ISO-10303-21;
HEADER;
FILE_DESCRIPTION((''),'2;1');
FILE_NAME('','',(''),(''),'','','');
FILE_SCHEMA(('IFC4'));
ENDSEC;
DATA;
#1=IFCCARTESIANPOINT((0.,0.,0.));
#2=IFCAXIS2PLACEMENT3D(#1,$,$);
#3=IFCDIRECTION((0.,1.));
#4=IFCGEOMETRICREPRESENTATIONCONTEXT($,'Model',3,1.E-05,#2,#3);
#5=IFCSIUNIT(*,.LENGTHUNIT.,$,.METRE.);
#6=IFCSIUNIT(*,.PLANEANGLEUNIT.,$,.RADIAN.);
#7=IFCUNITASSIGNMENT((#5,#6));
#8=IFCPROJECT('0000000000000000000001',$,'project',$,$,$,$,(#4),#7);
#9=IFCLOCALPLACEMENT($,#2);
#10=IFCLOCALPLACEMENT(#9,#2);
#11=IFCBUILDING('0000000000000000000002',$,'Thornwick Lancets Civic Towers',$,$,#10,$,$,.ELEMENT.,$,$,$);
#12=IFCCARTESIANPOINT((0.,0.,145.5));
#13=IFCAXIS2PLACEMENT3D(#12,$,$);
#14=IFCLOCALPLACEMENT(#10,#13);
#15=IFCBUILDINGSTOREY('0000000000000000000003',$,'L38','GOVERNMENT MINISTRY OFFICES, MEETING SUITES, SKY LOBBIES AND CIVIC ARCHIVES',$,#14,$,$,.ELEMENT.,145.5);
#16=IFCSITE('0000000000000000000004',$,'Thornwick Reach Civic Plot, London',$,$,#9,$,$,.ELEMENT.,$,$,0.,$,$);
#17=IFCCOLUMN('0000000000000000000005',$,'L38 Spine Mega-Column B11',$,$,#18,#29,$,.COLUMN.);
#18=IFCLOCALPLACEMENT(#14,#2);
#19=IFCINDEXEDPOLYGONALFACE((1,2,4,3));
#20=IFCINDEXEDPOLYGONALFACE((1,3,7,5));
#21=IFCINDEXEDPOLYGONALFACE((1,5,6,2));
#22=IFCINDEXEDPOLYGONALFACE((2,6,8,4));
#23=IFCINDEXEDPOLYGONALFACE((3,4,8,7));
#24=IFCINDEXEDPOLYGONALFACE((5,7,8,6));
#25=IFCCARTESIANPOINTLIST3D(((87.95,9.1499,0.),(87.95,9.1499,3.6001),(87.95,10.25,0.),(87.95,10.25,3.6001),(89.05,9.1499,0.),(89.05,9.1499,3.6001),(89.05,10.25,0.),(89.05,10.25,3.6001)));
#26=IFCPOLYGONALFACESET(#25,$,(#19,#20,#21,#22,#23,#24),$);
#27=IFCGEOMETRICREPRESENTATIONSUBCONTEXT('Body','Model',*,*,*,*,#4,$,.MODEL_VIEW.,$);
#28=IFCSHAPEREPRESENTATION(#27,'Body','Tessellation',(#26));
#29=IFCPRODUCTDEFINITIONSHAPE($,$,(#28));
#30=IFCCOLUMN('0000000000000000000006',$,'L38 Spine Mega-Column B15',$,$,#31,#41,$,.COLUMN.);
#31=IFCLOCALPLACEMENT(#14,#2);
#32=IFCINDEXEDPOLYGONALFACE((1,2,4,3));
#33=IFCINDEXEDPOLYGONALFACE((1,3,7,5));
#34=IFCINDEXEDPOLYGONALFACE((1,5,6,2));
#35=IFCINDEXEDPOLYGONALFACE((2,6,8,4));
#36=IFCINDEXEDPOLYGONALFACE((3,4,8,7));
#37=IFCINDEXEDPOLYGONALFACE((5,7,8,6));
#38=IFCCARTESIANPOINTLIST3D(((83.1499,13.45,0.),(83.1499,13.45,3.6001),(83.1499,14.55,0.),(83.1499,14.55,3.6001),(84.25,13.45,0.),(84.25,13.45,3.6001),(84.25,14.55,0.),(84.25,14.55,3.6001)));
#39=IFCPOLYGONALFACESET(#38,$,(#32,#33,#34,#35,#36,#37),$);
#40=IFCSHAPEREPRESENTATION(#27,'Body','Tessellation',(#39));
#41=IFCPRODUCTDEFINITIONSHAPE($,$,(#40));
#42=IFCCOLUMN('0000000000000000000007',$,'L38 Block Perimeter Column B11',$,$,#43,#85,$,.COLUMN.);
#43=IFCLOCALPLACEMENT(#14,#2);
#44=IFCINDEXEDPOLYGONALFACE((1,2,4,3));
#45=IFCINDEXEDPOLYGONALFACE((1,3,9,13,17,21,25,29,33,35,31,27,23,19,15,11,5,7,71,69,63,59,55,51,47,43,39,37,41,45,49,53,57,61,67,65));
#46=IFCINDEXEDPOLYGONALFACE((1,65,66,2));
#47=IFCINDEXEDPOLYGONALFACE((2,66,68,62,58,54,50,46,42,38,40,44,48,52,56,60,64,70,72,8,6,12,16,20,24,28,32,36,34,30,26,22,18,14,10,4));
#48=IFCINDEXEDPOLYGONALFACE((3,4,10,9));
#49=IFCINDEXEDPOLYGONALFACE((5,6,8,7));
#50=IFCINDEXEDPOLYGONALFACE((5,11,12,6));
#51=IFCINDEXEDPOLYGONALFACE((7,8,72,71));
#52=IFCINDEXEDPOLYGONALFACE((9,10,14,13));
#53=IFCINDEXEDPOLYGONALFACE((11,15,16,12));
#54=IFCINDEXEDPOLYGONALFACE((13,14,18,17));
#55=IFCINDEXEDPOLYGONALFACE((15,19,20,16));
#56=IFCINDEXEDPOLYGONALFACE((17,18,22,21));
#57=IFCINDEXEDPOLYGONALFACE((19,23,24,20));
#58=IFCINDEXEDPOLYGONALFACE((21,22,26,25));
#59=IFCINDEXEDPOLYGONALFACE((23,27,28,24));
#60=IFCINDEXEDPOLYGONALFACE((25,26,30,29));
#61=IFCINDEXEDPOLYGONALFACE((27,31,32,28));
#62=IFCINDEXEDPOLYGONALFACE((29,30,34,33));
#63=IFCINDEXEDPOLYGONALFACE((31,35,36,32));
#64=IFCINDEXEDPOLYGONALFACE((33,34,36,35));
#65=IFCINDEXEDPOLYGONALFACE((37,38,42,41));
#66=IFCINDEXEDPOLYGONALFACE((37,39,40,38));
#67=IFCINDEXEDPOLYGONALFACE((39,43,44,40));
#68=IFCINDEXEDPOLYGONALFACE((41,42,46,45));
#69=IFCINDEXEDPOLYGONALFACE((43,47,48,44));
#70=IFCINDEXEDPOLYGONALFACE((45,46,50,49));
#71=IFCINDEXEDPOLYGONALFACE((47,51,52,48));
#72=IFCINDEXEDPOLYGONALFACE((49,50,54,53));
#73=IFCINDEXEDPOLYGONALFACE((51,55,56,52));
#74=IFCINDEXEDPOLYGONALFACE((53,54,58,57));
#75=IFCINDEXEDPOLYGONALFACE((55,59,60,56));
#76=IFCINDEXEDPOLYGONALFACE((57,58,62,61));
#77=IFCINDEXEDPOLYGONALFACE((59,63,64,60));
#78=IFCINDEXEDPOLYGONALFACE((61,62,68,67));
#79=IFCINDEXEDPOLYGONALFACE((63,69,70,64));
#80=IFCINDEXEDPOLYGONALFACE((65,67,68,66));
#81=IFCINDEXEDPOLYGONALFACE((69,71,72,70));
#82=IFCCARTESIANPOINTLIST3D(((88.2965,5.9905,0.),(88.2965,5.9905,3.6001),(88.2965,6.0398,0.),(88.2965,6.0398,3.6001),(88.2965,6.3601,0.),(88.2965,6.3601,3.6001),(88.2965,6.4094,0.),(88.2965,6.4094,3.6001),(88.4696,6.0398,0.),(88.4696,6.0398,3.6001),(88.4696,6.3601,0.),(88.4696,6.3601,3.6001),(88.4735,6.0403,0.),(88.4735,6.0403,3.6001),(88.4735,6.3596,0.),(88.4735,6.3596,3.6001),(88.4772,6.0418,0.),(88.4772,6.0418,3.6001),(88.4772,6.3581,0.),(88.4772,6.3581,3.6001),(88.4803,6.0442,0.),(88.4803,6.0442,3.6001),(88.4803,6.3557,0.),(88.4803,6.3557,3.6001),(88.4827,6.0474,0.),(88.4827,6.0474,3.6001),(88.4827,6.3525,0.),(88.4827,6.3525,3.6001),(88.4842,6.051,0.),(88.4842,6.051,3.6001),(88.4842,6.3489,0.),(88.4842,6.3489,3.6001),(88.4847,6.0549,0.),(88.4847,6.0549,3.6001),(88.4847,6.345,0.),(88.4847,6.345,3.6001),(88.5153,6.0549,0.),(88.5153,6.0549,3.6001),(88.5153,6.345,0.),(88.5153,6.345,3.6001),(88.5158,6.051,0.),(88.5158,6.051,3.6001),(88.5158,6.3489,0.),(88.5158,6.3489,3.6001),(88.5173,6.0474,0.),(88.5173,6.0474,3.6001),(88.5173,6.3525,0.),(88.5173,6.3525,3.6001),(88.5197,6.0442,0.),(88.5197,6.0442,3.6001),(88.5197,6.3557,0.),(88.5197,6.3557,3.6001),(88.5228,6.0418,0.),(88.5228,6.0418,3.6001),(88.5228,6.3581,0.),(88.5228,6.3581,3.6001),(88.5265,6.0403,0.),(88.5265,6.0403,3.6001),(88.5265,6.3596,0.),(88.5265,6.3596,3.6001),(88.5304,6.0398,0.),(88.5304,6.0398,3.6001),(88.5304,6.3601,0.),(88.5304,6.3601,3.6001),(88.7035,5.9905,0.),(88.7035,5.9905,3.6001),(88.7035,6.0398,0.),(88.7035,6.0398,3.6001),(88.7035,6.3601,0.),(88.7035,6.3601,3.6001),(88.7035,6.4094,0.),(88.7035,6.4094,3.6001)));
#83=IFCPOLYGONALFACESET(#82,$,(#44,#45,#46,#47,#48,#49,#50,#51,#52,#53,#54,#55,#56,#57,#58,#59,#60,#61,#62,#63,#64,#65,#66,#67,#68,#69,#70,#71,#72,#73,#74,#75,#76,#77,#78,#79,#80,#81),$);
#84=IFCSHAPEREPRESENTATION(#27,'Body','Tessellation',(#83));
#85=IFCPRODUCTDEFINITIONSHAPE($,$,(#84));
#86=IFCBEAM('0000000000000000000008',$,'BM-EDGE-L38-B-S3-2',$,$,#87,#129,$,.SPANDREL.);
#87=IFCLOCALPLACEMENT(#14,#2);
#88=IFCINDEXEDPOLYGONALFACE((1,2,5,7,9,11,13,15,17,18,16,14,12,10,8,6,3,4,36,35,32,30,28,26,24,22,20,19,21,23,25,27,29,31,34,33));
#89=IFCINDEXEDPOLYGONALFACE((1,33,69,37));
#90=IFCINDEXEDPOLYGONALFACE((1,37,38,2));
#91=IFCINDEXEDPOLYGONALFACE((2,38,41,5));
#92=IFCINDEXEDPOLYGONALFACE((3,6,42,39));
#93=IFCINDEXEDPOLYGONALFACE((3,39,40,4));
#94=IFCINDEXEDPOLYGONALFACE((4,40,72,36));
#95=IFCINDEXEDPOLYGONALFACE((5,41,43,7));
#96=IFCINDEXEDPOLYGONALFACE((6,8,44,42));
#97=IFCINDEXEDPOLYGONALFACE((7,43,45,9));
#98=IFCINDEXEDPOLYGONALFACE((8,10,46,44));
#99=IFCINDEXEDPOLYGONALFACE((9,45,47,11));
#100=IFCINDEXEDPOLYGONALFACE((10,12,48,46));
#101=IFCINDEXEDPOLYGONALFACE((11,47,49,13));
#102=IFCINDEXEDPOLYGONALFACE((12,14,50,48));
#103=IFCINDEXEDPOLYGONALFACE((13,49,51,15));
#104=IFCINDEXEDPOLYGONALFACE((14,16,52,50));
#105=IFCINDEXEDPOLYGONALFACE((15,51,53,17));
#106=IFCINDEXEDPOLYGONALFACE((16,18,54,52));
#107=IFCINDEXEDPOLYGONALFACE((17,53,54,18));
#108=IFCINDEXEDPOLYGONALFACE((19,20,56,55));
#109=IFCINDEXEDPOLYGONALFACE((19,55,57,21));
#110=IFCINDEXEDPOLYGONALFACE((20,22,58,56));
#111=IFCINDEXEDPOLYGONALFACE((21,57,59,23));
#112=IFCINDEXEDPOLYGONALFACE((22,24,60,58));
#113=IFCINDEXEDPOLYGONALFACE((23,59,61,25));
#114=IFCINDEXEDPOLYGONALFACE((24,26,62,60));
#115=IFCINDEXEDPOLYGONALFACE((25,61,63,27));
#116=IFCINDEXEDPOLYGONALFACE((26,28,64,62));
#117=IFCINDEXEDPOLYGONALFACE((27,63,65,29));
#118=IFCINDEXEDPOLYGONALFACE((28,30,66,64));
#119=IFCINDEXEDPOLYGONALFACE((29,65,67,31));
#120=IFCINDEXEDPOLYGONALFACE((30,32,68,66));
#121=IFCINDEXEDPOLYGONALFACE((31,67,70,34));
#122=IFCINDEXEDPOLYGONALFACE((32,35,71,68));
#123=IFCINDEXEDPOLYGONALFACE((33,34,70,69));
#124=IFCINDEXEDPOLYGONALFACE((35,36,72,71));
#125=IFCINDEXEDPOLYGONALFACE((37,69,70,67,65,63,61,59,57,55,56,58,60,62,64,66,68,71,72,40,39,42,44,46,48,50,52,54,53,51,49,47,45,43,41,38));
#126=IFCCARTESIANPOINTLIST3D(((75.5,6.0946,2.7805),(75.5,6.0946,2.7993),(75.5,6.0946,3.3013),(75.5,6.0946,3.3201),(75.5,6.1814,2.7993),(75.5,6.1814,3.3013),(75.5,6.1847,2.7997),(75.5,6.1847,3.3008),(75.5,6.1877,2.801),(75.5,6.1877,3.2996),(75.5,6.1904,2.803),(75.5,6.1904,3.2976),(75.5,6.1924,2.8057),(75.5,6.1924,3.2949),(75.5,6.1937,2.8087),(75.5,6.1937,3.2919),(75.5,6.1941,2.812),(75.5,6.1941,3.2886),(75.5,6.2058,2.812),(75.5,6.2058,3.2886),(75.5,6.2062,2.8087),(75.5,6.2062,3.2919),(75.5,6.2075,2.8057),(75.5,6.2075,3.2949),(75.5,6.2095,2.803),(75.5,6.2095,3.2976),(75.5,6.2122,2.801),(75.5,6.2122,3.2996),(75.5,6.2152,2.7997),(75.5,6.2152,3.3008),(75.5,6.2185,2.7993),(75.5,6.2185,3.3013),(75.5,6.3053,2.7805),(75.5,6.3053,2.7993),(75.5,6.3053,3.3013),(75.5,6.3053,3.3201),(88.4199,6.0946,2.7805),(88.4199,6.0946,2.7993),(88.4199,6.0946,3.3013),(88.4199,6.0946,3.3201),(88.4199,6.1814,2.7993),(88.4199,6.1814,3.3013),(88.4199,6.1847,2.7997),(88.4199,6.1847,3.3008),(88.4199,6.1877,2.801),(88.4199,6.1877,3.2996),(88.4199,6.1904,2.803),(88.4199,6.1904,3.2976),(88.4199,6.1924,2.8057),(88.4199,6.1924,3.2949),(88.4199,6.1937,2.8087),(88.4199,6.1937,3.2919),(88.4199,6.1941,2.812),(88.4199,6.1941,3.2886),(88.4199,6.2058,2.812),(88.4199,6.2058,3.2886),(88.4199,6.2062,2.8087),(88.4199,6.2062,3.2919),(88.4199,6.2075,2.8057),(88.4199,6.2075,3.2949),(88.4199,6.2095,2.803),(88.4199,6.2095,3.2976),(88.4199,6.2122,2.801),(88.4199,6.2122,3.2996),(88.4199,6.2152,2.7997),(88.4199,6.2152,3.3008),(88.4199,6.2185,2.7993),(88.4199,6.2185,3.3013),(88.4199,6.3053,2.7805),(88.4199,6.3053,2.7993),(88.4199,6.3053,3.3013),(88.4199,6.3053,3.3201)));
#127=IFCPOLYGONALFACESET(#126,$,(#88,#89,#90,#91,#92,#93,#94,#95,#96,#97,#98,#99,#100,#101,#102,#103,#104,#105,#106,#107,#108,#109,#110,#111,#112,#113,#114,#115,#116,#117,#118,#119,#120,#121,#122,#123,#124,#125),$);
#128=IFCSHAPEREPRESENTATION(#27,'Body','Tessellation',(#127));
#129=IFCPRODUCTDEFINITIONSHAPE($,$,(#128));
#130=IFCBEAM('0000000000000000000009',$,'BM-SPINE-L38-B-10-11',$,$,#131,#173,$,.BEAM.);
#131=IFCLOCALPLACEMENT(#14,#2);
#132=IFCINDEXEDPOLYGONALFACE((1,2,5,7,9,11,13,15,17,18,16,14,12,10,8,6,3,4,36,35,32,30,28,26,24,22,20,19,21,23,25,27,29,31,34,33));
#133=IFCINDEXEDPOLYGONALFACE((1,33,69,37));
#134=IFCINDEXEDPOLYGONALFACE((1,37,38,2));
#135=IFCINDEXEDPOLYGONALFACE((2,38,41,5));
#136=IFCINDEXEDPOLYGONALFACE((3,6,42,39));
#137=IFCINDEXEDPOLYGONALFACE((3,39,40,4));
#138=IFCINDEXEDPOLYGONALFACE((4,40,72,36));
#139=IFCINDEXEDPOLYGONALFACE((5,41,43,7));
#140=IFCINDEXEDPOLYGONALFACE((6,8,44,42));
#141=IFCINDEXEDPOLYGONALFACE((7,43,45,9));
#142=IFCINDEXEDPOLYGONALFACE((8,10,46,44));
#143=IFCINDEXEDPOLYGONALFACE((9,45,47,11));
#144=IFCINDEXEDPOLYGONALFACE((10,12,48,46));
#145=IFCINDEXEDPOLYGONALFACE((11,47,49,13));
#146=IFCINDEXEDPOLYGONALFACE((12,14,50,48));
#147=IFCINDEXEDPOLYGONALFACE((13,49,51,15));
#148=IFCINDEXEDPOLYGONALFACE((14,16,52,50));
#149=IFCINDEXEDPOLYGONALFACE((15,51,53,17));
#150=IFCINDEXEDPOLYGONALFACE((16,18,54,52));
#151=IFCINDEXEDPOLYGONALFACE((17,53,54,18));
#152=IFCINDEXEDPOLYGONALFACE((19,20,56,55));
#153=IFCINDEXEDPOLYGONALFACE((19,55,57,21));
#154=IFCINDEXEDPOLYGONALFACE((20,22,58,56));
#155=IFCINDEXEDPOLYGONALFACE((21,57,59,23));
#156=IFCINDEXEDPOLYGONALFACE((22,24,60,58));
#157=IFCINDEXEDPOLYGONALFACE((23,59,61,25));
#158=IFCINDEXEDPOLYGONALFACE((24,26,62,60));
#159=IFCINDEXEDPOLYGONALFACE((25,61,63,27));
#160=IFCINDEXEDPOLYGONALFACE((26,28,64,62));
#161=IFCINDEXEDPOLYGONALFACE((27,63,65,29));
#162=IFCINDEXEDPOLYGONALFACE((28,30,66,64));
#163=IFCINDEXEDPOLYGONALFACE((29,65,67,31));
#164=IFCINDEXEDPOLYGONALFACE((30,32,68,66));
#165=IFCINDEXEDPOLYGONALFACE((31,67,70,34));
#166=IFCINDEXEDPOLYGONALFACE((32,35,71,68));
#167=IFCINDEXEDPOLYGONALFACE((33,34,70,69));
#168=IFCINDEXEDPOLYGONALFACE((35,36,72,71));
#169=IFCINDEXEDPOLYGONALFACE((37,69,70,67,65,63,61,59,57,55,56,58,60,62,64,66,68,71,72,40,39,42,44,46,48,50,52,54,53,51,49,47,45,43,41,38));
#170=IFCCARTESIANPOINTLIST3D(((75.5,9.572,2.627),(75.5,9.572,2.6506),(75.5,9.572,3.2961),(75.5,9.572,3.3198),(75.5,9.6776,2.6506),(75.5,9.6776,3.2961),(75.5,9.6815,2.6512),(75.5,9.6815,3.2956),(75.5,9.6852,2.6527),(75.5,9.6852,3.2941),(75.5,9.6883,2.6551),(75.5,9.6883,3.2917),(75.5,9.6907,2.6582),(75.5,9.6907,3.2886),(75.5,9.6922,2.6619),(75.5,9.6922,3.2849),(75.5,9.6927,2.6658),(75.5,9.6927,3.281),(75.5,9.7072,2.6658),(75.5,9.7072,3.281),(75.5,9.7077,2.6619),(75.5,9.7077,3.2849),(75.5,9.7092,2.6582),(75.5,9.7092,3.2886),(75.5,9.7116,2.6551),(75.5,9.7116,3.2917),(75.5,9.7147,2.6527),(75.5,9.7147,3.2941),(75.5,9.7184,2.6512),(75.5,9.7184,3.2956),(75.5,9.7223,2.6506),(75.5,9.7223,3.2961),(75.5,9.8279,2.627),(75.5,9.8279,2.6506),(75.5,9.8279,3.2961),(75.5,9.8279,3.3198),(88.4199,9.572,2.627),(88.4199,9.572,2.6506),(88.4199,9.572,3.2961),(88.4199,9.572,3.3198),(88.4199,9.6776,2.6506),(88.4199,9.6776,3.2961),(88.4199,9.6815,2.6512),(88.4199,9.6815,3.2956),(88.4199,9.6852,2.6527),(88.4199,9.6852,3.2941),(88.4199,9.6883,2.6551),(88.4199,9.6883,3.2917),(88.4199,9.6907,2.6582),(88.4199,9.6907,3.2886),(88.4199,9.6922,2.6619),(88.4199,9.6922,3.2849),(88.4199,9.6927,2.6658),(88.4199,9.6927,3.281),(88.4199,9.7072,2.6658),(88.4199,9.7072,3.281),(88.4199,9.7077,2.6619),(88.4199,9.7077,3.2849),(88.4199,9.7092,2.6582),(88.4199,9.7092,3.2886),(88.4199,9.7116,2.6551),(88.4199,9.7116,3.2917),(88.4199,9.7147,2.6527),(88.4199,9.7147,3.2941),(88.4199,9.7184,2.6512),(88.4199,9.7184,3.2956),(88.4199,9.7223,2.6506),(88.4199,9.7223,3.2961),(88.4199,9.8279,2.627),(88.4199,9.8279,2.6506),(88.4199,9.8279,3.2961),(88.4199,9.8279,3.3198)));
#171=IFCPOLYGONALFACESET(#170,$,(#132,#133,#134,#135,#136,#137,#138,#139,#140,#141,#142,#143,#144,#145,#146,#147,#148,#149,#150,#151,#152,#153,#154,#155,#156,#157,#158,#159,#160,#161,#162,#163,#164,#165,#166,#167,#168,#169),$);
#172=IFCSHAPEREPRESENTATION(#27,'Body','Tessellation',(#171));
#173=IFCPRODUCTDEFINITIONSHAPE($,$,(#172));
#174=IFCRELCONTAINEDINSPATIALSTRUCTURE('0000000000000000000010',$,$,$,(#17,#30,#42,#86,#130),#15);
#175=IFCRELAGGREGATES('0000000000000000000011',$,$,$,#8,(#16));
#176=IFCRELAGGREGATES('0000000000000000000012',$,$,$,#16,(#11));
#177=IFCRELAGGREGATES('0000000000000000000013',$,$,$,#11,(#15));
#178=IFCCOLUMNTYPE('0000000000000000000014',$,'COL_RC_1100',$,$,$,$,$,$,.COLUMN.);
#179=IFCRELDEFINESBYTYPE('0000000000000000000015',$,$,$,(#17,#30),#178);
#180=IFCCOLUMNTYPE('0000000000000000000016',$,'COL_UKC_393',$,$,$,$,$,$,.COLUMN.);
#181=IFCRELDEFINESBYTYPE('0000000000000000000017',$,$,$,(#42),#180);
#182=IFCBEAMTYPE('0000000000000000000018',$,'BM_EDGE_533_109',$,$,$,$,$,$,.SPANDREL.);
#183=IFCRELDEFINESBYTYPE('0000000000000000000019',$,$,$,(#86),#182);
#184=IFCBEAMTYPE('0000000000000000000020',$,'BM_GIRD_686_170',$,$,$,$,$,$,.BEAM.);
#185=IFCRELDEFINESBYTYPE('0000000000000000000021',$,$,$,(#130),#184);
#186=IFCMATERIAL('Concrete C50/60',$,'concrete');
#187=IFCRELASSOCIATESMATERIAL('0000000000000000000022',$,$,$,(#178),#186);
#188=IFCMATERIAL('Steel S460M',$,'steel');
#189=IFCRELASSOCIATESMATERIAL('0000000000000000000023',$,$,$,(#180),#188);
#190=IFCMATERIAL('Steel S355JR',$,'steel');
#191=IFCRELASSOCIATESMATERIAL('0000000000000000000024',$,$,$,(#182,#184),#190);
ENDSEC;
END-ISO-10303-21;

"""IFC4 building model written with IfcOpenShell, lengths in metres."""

from ifc_helpers import new_model, si_unit, direction, frame, origin, origin_2d, place, context, subcontext, project, spatial, rectangle, i_section, extrude, material, material_profile, profile_set, type_object, element, save


model = new_model("IFC4")

# Units and contexts
model_context = context("Model", 3, precision=1e-05, world=origin(), true_north=direction((0.0, 1.0)))
body_context = subcontext(model_context, "Body", "Model", "MODEL_VIEW")
ifc_project = project(units=[si_unit("LENGTHUNIT", "METRE"), si_unit("PLANEANGLEUNIT", "RADIAN")], contexts=[model_context])

# Site, building, storey
site_placement = place(None, origin())
site = spatial("IfcSite", under=ifc_project, at=site_placement, Name="Thornwick Reach Civic Plot, London", CompositionType="ELEMENT", RefElevation=0.0)
building_placement = place(site_placement, origin())
building = spatial("IfcBuilding", under=site, at=building_placement, Name="Thornwick Lancets Civic Towers", CompositionType="ELEMENT")
storey_placement = place(building_placement, frame((0.0, 0.0, 145.5)))
storey = spatial("IfcBuildingStorey", under=building, at=storey_placement, Name="L38", Description="GOVERNMENT MINISTRY OFFICES, MEETING SUITES, SKY LOBBIES AND CIVIC ARCHIVES", CompositionType="ELEMENT", Elevation=145.5)

# Columns
ifc_material_1 = material(Name="Concrete C50/60", Category="concrete")
ifc_material_profile_1 = material_profile(ifc_material_1, rectangle(XDim=1.1001, YDim=1.1001, at=origin_2d()), Name="RC 1100x1100")
ifc_profile_set_1 = profile_set([ifc_material_profile_1], Name="Concrete C50/60")
column_type_1 = type_object("IfcColumnType", Name="COL_RC_1100", PredefinedType="COLUMN", material=ifc_profile_set_1)
for number, where, z_axis, x_axis, name in (
    (1, (88.5, 9.7, 0.0), (0.0, 0.0, 1.0), (1.0, 0.0, 0.0), "L38 Spine Mega-Column B11"),
    (2, (83.7, 14.0, 0.0), (0.0, 0.0, 1.0), (1.0, 0.0, 0.0), "L38 Spine Mega-Column B15"),
):
    element("IfcColumn", number, at=place(storey_placement, frame(where, z_axis=z_axis, x_axis=x_axis)), inside=storey, type_object=column_type_1, Name=name, PredefinedType="COLUMN", context=body_context, shape_type="SweptSolid", body=[
        extrude(rectangle(XDim=1.1001, YDim=1.1001, at=origin_2d()), origin(), (0.0, 0.0, 1.0), 3.6001),
    ])
ifc_material_2 = material(Name="Steel S460M", Category="steel")
ifc_material_profile_2 = material_profile(ifc_material_2, i_section(OverallWidth=0.407, OverallDepth=0.4189, WebThickness=0.0305, FlangeThickness=0.0493, FilletRadius=0.0151, at=origin_2d()), Name="UKC 356x406x393")
ifc_profile_set_2 = profile_set([ifc_material_profile_2], Name="Steel S460M")
column_type_2 = type_object("IfcColumnType", Name="COL_UKC_393", PredefinedType="COLUMN", material=ifc_profile_set_2)
column_placement = place(storey_placement, frame((88.5, 6.2, 0.0), z_axis=(0.0, 0.0, 1.0), x_axis=(1.0, 0.0, 0.0)))
element("IfcColumn", 3, at=column_placement, inside=storey, type_object=column_type_2, Name="L38 Block Perimeter Column B11", PredefinedType="COLUMN", context=body_context, shape_type="SweptSolid", body=[
    extrude(i_section(OverallWidth=0.407, OverallDepth=0.4189, WebThickness=0.0305, FlangeThickness=0.0493, FilletRadius=0.0151, at=origin_2d()), origin(), (0.0, 0.0, 1.0), 3.6001),
])

# Beams
ifc_material_3 = material(Name="Steel S355JR", Category="steel")
ifc_material_profile_3 = material_profile(ifc_material_3, i_section(OverallWidth=0.2107, OverallDepth=0.5396, WebThickness=0.0117, FlangeThickness=0.0188, FilletRadius=0.0127, at=origin_2d()), Name="UKB 533x210x109")
ifc_profile_set_3 = profile_set([ifc_material_profile_3], Name="Steel S355JR")
beam_type_1 = type_object("IfcBeamType", Name="BM_EDGE_533_109", PredefinedType="SPANDREL", material=ifc_profile_set_3)
beam_1_placement = place(storey_placement, frame((88.4199, 6.2, 3.0503), z_axis=(-1.0, 0.0, 0.0), x_axis=(0.0, -1.0, 0.0)))
element("IfcBeam", 4, at=beam_1_placement, inside=storey, type_object=beam_type_1, Name="BM-EDGE-L38-B-S3-2", PredefinedType="SPANDREL", context=body_context, shape_type="SweptSolid", body=[
    extrude(i_section(OverallWidth=0.2107, OverallDepth=0.5396, WebThickness=0.0117, FlangeThickness=0.0188, FilletRadius=0.0127, at=origin_2d()), origin(), (0.0, 0.0, 1.0), 12.9199),
])
ifc_material_profile_4 = material_profile(ifc_material_3, i_section(OverallWidth=0.2559, OverallDepth=0.6929, WebThickness=0.0144, FlangeThickness=0.0237, FilletRadius=0.0151, at=origin_2d()), Name="UKB 686x254x170")
ifc_profile_set_4 = profile_set([ifc_material_profile_4], Name="Steel S355JR")
beam_type_2 = type_object("IfcBeamType", Name="BM_GIRD_686_170", PredefinedType="BEAM", material=ifc_profile_set_4)
beam_2_placement = place(storey_placement, frame((88.4199, 9.7, 2.9734), z_axis=(-1.0, 0.0, 0.0), x_axis=(0.0, -1.0, 0.0)))
element("IfcBeam", 5, at=beam_2_placement, inside=storey, type_object=beam_type_2, Name="BM-SPINE-L38-B-10-11", PredefinedType="BEAM", context=body_context, shape_type="SweptSolid", body=[
    extrude(i_section(OverallWidth=0.2559, OverallDepth=0.6929, WebThickness=0.0144, FlangeThickness=0.0237, FilletRadius=0.0151, at=origin_2d()), origin(), (0.0, 0.0, 1.0), 12.9199),
])

save(model, "model.ifc")
